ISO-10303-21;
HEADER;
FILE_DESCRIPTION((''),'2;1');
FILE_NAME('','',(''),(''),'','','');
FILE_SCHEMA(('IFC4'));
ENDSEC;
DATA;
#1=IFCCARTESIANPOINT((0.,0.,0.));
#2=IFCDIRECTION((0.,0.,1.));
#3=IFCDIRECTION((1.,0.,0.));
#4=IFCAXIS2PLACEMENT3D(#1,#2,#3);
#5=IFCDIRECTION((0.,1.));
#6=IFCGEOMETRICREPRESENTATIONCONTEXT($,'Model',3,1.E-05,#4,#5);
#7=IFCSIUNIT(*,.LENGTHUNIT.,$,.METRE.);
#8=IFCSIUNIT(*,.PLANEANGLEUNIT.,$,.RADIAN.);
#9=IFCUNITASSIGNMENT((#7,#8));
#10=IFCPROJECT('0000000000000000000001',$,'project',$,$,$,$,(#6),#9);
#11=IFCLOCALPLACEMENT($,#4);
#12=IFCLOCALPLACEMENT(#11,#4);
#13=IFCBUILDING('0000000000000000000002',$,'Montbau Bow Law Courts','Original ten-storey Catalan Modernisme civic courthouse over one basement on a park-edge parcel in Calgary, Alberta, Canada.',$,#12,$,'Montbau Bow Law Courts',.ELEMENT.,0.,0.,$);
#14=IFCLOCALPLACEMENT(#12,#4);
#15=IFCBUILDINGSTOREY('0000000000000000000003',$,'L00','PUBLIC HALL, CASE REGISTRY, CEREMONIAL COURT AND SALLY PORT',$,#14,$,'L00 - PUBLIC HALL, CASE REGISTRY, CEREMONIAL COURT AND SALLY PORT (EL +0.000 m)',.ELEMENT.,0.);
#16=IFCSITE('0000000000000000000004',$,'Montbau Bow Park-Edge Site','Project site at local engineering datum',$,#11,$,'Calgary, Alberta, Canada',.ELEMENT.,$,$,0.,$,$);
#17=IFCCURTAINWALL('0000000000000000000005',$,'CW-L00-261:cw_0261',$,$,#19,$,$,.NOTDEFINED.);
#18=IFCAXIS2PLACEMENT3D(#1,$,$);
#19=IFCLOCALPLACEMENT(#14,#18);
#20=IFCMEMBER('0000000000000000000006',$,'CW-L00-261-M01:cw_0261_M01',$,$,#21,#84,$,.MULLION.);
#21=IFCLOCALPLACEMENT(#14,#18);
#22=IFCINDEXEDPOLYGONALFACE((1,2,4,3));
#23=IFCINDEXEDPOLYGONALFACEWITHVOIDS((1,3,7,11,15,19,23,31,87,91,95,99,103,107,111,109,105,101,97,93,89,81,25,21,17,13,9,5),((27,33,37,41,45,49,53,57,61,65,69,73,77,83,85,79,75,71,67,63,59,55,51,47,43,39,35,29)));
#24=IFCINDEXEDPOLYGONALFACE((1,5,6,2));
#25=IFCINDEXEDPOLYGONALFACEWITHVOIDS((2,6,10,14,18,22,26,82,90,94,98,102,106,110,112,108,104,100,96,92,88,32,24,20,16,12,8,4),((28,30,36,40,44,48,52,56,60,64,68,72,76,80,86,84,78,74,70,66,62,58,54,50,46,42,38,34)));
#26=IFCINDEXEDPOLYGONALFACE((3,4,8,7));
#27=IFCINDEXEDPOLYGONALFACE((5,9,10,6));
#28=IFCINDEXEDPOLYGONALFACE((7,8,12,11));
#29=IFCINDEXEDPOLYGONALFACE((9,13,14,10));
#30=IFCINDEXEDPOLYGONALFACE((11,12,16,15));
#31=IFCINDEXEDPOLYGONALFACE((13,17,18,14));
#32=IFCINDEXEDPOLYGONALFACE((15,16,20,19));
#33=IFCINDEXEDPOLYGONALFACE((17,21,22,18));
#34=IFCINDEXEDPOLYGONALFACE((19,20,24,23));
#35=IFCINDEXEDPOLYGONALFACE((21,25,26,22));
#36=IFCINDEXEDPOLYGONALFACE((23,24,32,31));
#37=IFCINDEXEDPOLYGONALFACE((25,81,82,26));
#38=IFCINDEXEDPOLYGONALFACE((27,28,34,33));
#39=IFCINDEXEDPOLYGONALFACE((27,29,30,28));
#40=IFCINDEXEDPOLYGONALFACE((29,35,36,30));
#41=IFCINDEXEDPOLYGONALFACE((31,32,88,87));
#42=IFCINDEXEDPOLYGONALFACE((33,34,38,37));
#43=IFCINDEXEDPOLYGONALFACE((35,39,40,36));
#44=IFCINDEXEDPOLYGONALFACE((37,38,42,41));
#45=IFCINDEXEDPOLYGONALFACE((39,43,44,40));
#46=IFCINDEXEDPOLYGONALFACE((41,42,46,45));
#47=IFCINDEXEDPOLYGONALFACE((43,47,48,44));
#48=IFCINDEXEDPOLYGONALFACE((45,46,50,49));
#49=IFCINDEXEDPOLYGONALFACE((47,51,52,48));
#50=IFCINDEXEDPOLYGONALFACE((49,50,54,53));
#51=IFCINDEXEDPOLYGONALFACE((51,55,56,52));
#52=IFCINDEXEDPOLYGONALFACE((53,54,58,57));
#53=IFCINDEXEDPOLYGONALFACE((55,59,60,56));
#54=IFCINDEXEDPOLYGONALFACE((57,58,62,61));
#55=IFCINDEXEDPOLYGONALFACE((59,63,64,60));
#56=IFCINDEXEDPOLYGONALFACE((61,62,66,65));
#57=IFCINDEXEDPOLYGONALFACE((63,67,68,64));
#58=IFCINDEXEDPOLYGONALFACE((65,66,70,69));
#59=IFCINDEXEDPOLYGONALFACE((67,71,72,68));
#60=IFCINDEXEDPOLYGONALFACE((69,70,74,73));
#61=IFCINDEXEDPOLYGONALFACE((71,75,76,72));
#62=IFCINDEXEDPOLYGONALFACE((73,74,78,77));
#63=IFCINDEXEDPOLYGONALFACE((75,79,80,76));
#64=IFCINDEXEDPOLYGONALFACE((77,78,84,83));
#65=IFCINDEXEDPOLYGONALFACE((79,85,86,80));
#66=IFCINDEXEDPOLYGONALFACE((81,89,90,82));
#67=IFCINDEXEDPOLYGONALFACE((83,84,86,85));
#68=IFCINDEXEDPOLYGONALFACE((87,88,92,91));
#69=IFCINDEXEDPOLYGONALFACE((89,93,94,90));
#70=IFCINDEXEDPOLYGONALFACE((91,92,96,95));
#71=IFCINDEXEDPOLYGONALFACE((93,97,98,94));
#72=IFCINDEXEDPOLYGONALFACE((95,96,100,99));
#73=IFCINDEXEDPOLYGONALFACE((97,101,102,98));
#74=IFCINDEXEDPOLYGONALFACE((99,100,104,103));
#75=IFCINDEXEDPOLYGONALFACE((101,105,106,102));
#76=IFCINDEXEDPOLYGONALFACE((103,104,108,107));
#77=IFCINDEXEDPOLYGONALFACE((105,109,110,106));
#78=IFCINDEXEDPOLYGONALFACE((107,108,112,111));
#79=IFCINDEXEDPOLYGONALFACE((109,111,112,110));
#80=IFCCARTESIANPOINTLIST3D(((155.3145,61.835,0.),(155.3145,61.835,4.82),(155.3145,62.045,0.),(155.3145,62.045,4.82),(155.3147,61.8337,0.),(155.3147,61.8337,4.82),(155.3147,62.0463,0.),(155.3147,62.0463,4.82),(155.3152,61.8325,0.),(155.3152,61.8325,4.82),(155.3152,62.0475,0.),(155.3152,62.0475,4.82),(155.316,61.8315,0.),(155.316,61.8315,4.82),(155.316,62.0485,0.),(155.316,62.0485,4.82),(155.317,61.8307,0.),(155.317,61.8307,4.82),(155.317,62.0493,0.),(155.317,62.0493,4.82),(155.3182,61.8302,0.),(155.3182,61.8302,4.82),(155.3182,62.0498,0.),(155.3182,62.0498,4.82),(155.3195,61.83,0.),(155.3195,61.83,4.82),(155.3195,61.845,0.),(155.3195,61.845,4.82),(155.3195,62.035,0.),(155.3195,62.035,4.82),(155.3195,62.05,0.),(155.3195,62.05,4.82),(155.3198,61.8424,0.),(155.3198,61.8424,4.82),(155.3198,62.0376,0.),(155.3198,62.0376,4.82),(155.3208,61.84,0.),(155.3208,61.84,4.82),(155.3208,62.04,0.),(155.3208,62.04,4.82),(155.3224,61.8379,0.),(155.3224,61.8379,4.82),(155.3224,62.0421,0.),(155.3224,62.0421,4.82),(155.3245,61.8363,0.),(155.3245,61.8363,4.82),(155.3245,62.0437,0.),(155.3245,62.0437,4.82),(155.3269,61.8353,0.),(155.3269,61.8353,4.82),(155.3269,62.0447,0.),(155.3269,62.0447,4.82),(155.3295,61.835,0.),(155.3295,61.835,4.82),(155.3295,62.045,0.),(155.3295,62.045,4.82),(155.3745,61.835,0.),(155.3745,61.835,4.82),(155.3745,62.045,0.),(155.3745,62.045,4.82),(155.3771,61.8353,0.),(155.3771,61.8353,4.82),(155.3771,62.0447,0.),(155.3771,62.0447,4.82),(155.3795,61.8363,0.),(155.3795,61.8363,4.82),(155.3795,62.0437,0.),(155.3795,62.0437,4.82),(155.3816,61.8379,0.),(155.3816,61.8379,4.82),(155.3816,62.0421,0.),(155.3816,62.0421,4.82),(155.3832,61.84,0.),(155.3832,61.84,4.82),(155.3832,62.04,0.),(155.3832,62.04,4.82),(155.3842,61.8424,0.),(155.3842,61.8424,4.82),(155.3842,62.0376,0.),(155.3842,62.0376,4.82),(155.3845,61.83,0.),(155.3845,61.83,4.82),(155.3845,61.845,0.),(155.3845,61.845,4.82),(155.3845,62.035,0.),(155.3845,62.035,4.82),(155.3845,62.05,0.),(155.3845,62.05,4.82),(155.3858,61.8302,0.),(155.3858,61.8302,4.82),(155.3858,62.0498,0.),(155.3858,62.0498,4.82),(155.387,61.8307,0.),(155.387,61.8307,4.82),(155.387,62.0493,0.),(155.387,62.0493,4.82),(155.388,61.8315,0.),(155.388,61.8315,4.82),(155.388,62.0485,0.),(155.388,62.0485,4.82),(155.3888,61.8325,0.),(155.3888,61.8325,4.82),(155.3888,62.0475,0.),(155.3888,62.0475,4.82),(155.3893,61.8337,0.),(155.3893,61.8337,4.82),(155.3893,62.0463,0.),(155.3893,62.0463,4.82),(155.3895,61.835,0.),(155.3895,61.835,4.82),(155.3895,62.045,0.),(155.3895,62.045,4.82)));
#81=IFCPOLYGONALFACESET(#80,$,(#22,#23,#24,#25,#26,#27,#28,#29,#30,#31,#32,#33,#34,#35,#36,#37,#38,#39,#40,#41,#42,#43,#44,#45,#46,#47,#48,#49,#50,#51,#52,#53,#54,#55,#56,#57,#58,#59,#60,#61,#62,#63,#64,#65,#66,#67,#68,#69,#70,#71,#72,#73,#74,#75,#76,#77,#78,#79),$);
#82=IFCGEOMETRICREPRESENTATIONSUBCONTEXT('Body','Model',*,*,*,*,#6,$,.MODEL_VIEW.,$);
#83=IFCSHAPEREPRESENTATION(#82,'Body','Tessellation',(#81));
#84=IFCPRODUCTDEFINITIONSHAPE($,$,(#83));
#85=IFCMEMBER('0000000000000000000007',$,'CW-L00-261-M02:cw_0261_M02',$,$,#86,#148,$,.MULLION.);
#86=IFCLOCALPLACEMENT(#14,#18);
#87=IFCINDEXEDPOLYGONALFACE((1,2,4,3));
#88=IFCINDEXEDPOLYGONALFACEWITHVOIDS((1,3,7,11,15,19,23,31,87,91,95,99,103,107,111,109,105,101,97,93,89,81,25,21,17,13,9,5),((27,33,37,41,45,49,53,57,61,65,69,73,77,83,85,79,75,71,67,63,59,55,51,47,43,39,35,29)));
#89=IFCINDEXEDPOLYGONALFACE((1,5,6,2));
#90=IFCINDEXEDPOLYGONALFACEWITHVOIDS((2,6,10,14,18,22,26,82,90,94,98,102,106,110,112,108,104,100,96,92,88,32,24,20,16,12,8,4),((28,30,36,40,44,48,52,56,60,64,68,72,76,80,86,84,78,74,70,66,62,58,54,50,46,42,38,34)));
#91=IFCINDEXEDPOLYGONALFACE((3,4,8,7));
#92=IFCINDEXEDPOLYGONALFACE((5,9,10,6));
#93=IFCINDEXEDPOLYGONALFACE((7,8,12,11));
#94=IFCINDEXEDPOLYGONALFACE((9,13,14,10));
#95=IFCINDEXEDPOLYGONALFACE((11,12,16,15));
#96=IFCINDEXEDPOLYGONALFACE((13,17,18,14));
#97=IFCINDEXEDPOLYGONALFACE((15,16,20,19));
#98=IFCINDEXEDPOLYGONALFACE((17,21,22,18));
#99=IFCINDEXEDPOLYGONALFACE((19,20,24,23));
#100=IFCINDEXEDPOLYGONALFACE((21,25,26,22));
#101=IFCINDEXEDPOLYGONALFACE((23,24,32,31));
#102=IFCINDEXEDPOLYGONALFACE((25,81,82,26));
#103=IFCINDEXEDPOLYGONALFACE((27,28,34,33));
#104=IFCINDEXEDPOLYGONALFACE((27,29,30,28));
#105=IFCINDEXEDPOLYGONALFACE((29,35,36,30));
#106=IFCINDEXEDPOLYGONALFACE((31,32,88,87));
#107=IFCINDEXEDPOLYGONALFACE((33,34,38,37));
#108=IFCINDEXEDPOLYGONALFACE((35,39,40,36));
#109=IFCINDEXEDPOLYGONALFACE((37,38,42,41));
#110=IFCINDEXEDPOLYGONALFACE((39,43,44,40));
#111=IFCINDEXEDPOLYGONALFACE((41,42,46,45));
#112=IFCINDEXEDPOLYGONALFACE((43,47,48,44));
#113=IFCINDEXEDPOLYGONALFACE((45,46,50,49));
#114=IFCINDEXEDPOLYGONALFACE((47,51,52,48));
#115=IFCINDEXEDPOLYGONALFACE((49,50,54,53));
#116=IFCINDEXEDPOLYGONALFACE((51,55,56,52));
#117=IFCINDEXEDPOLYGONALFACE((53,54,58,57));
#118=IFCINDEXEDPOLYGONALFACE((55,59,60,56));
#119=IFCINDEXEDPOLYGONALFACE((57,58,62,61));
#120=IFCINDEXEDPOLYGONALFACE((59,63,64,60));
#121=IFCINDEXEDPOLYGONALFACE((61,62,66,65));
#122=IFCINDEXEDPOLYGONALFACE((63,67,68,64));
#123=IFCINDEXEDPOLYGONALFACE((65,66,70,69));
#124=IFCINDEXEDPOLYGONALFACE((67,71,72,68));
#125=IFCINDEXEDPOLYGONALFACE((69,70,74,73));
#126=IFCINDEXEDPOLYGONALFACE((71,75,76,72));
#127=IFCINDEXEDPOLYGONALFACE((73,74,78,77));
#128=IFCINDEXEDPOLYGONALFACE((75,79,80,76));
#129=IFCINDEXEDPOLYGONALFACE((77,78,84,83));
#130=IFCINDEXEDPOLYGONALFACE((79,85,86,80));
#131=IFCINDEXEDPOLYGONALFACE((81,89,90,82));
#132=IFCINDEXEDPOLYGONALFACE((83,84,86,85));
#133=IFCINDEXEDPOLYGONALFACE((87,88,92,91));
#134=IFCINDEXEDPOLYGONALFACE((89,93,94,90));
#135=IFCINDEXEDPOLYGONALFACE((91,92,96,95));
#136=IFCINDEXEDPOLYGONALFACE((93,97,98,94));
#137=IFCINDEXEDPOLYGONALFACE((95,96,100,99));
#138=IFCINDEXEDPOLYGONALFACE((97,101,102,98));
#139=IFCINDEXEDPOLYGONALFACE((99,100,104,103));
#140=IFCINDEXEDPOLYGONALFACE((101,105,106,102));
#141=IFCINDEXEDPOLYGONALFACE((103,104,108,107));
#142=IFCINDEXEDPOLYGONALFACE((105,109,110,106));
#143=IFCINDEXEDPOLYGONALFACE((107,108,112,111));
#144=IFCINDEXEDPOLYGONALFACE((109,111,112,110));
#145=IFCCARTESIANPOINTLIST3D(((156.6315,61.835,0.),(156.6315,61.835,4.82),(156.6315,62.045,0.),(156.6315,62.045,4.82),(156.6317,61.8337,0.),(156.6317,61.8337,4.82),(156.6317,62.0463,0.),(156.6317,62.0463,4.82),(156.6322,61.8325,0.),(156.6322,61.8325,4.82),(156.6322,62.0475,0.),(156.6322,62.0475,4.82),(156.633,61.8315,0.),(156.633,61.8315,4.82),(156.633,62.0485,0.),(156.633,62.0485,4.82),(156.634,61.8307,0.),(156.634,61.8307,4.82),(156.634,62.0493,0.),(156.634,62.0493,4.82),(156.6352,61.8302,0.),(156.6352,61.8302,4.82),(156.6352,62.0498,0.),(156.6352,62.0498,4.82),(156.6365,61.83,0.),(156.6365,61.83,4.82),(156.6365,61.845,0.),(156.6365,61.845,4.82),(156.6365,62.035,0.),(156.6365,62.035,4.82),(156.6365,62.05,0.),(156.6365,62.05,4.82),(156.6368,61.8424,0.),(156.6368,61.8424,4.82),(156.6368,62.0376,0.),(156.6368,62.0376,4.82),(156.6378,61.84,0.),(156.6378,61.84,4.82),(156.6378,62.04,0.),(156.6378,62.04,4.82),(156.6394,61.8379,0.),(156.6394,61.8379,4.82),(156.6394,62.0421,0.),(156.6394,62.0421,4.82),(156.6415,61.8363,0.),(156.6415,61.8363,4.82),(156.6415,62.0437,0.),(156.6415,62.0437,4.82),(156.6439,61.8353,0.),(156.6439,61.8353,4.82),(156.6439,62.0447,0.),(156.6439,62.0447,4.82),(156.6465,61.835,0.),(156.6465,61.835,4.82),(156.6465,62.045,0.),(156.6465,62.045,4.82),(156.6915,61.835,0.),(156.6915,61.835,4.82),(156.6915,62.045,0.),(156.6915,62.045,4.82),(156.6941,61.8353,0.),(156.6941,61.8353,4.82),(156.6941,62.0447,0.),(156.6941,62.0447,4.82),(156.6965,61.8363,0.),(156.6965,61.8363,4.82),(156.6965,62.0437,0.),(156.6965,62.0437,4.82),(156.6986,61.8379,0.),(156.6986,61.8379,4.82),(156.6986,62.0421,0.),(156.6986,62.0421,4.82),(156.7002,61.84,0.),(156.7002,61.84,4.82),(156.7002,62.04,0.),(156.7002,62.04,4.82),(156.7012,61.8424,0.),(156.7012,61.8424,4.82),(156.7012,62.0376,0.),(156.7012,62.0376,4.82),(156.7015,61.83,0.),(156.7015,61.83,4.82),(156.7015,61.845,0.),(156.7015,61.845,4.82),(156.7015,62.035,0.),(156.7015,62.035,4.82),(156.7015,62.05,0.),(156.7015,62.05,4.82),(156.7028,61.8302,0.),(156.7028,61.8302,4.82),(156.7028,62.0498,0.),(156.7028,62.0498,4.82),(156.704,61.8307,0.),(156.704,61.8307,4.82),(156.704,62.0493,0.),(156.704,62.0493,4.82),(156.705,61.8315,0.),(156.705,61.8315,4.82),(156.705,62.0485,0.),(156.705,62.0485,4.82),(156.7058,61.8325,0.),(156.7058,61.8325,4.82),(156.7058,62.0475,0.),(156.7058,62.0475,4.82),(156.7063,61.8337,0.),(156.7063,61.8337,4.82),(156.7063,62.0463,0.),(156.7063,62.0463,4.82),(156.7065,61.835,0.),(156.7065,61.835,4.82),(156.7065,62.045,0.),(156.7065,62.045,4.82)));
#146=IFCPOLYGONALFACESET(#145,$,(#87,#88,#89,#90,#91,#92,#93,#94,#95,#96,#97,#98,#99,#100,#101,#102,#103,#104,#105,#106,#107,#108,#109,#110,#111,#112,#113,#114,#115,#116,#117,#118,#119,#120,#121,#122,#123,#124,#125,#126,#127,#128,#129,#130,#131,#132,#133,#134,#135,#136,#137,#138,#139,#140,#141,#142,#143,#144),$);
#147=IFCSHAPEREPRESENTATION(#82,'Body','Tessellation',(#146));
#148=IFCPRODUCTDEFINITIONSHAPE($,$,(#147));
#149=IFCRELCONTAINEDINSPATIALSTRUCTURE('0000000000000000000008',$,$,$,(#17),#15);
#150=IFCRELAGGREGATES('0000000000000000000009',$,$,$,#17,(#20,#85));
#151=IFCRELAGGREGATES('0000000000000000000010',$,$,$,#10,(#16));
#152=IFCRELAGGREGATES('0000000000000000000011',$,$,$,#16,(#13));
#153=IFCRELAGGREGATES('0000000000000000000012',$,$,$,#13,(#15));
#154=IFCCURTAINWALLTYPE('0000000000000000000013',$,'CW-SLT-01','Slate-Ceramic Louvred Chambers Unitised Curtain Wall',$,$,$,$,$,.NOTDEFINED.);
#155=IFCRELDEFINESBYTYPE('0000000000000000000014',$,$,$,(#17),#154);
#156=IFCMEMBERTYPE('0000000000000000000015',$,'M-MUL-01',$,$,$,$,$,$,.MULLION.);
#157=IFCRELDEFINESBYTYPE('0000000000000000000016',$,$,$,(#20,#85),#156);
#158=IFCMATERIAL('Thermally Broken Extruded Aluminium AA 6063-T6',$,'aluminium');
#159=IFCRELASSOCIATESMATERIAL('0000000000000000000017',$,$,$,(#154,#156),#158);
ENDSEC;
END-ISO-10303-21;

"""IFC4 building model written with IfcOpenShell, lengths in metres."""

from ifc_helpers import new_model, si_unit, direction, frame, origin_with_axes, origin_2d_with_axis, place, context, subcontext, project, spatial, hollow_rectangle, extrude, material, material_profile, profile_set, type_object, element, aggregate, save


model = new_model("IFC4")

# Units and contexts
model_context = context("Model", 3, precision=1e-05, world=origin_with_axes(), true_north=direction((0.0, 1.0)))
body_context = subcontext(model_context, "Body", "Model", "MODEL_VIEW")
ifc_project = project(units=[si_unit("LENGTHUNIT", "METRE"), si_unit("PLANEANGLEUNIT", "RADIAN")], contexts=[model_context])

# Site, building, storey
site_placement = place(None, origin_with_axes())
site = spatial("IfcSite", under=ifc_project, at=site_placement, Name="Montbau Bow Park-Edge Site", Description="Project site at local engineering datum", LongName="Calgary, Alberta, Canada", CompositionType="ELEMENT", RefElevation=0.0)
building_placement = place(site_placement, origin_with_axes())
building = spatial("IfcBuilding", under=site, at=building_placement, Name="Montbau Bow Law Courts", Description="Original ten-storey Catalan Modernisme civic courthouse over one basement on a park-edge parcel in Calgary, Alberta, Canada.", LongName="Montbau Bow Law Courts", CompositionType="ELEMENT", ElevationOfRefHeight=0.0, ElevationOfTerrain=0.0)
storey_placement = place(building_placement, origin_with_axes())
storey = spatial("IfcBuildingStorey", under=building, at=storey_placement, Name="L00", Description="PUBLIC HALL, CASE REGISTRY, CEREMONIAL COURT AND SALLY PORT", LongName="L00 - PUBLIC HALL, CASE REGISTRY, CEREMONIAL COURT AND SALLY PORT (EL +0.000 m)", CompositionType="ELEMENT", Elevation=0.0)

# Curtain wall, members
ifc_material_1 = material(Name="Thermally Broken Extruded Aluminium AA 6063-T6", Category="aluminium")
curtain_wall_type = type_object("IfcCurtainWallType", Name="CW-SLT-01", Description="Slate-Ceramic Louvred Chambers Unitised Curtain Wall", PredefinedType="NOTDEFINED", material=ifc_material_1)
curtain_wall_1_placement = place(None, frame((155.315, 61.94, 0.0), z_axis=(0.0, 0.0, 1.0), x_axis=(1.0, 0.0, 0.0)))
curtain_wall_1 = element("IfcCurtainWall", 1, at=curtain_wall_1_placement, inside=storey, type_object=curtain_wall_type, Name="CW-L00-261:cw_0261", PredefinedType="NOTDEFINED")
ifc_material_profile_1 = material_profile(ifc_material_1, hollow_rectangle(XDim=0.075, YDim=0.22, WallThickness=0.005, InnerFilletRadius=0.01, OuterFilletRadius=0.005, at=origin_2d_with_axis()), Name="CWM-220X75", Category="Main", Priority=0)
ifc_profile_set_1 = profile_set([ifc_material_profile_1], Name="Thermally Broken Extruded Aluminium AA 6063-T6")
member_type_1 = type_object("IfcMemberType", Name="M-MUL-01", PredefinedType="MULLION", material=ifc_profile_set_1)
member_1_placement = place(None, frame((155.352, 61.94, 0.0), z_axis=(0.0, 0.0, 1.0), x_axis=(1.0, 0.0, 0.0)))
member_1 = element("IfcMember", 2, at=member_1_placement, type_object=member_type_1, Name="CW-L00-261-M01:cw_0261_M01", PredefinedType="MULLION", context=body_context, shape_type="SweptSolid", body=[
    extrude(hollow_rectangle(XDim=0.075, YDim=0.22, WallThickness=0.005, InnerFilletRadius=0.01, OuterFilletRadius=0.005, at=origin_2d_with_axis()), origin_with_axes(), (0.0, 0.0, 1.0), 4.82),
])
member_2_placement = place(None, frame((156.669, 61.94, 0.0), z_axis=(0.0, 0.0, 1.0), x_axis=(1.0, 0.0, 0.0)))
member_2 = element("IfcMember", 3, at=member_2_placement, type_object=member_type_1, Name="CW-L00-261-M02:cw_0261_M02", PredefinedType="MULLION", context=body_context, shape_type="SweptSolid", body=[
    extrude(hollow_rectangle(XDim=0.075, YDim=0.22, WallThickness=0.005, InnerFilletRadius=0.01, OuterFilletRadius=0.005, at=origin_2d_with_axis()), origin_with_axes(), (0.0, 0.0, 1.0), 4.82),
])

aggregate(curtain_wall_1, [member_1, member_2])

save(model, "model.ifc")
